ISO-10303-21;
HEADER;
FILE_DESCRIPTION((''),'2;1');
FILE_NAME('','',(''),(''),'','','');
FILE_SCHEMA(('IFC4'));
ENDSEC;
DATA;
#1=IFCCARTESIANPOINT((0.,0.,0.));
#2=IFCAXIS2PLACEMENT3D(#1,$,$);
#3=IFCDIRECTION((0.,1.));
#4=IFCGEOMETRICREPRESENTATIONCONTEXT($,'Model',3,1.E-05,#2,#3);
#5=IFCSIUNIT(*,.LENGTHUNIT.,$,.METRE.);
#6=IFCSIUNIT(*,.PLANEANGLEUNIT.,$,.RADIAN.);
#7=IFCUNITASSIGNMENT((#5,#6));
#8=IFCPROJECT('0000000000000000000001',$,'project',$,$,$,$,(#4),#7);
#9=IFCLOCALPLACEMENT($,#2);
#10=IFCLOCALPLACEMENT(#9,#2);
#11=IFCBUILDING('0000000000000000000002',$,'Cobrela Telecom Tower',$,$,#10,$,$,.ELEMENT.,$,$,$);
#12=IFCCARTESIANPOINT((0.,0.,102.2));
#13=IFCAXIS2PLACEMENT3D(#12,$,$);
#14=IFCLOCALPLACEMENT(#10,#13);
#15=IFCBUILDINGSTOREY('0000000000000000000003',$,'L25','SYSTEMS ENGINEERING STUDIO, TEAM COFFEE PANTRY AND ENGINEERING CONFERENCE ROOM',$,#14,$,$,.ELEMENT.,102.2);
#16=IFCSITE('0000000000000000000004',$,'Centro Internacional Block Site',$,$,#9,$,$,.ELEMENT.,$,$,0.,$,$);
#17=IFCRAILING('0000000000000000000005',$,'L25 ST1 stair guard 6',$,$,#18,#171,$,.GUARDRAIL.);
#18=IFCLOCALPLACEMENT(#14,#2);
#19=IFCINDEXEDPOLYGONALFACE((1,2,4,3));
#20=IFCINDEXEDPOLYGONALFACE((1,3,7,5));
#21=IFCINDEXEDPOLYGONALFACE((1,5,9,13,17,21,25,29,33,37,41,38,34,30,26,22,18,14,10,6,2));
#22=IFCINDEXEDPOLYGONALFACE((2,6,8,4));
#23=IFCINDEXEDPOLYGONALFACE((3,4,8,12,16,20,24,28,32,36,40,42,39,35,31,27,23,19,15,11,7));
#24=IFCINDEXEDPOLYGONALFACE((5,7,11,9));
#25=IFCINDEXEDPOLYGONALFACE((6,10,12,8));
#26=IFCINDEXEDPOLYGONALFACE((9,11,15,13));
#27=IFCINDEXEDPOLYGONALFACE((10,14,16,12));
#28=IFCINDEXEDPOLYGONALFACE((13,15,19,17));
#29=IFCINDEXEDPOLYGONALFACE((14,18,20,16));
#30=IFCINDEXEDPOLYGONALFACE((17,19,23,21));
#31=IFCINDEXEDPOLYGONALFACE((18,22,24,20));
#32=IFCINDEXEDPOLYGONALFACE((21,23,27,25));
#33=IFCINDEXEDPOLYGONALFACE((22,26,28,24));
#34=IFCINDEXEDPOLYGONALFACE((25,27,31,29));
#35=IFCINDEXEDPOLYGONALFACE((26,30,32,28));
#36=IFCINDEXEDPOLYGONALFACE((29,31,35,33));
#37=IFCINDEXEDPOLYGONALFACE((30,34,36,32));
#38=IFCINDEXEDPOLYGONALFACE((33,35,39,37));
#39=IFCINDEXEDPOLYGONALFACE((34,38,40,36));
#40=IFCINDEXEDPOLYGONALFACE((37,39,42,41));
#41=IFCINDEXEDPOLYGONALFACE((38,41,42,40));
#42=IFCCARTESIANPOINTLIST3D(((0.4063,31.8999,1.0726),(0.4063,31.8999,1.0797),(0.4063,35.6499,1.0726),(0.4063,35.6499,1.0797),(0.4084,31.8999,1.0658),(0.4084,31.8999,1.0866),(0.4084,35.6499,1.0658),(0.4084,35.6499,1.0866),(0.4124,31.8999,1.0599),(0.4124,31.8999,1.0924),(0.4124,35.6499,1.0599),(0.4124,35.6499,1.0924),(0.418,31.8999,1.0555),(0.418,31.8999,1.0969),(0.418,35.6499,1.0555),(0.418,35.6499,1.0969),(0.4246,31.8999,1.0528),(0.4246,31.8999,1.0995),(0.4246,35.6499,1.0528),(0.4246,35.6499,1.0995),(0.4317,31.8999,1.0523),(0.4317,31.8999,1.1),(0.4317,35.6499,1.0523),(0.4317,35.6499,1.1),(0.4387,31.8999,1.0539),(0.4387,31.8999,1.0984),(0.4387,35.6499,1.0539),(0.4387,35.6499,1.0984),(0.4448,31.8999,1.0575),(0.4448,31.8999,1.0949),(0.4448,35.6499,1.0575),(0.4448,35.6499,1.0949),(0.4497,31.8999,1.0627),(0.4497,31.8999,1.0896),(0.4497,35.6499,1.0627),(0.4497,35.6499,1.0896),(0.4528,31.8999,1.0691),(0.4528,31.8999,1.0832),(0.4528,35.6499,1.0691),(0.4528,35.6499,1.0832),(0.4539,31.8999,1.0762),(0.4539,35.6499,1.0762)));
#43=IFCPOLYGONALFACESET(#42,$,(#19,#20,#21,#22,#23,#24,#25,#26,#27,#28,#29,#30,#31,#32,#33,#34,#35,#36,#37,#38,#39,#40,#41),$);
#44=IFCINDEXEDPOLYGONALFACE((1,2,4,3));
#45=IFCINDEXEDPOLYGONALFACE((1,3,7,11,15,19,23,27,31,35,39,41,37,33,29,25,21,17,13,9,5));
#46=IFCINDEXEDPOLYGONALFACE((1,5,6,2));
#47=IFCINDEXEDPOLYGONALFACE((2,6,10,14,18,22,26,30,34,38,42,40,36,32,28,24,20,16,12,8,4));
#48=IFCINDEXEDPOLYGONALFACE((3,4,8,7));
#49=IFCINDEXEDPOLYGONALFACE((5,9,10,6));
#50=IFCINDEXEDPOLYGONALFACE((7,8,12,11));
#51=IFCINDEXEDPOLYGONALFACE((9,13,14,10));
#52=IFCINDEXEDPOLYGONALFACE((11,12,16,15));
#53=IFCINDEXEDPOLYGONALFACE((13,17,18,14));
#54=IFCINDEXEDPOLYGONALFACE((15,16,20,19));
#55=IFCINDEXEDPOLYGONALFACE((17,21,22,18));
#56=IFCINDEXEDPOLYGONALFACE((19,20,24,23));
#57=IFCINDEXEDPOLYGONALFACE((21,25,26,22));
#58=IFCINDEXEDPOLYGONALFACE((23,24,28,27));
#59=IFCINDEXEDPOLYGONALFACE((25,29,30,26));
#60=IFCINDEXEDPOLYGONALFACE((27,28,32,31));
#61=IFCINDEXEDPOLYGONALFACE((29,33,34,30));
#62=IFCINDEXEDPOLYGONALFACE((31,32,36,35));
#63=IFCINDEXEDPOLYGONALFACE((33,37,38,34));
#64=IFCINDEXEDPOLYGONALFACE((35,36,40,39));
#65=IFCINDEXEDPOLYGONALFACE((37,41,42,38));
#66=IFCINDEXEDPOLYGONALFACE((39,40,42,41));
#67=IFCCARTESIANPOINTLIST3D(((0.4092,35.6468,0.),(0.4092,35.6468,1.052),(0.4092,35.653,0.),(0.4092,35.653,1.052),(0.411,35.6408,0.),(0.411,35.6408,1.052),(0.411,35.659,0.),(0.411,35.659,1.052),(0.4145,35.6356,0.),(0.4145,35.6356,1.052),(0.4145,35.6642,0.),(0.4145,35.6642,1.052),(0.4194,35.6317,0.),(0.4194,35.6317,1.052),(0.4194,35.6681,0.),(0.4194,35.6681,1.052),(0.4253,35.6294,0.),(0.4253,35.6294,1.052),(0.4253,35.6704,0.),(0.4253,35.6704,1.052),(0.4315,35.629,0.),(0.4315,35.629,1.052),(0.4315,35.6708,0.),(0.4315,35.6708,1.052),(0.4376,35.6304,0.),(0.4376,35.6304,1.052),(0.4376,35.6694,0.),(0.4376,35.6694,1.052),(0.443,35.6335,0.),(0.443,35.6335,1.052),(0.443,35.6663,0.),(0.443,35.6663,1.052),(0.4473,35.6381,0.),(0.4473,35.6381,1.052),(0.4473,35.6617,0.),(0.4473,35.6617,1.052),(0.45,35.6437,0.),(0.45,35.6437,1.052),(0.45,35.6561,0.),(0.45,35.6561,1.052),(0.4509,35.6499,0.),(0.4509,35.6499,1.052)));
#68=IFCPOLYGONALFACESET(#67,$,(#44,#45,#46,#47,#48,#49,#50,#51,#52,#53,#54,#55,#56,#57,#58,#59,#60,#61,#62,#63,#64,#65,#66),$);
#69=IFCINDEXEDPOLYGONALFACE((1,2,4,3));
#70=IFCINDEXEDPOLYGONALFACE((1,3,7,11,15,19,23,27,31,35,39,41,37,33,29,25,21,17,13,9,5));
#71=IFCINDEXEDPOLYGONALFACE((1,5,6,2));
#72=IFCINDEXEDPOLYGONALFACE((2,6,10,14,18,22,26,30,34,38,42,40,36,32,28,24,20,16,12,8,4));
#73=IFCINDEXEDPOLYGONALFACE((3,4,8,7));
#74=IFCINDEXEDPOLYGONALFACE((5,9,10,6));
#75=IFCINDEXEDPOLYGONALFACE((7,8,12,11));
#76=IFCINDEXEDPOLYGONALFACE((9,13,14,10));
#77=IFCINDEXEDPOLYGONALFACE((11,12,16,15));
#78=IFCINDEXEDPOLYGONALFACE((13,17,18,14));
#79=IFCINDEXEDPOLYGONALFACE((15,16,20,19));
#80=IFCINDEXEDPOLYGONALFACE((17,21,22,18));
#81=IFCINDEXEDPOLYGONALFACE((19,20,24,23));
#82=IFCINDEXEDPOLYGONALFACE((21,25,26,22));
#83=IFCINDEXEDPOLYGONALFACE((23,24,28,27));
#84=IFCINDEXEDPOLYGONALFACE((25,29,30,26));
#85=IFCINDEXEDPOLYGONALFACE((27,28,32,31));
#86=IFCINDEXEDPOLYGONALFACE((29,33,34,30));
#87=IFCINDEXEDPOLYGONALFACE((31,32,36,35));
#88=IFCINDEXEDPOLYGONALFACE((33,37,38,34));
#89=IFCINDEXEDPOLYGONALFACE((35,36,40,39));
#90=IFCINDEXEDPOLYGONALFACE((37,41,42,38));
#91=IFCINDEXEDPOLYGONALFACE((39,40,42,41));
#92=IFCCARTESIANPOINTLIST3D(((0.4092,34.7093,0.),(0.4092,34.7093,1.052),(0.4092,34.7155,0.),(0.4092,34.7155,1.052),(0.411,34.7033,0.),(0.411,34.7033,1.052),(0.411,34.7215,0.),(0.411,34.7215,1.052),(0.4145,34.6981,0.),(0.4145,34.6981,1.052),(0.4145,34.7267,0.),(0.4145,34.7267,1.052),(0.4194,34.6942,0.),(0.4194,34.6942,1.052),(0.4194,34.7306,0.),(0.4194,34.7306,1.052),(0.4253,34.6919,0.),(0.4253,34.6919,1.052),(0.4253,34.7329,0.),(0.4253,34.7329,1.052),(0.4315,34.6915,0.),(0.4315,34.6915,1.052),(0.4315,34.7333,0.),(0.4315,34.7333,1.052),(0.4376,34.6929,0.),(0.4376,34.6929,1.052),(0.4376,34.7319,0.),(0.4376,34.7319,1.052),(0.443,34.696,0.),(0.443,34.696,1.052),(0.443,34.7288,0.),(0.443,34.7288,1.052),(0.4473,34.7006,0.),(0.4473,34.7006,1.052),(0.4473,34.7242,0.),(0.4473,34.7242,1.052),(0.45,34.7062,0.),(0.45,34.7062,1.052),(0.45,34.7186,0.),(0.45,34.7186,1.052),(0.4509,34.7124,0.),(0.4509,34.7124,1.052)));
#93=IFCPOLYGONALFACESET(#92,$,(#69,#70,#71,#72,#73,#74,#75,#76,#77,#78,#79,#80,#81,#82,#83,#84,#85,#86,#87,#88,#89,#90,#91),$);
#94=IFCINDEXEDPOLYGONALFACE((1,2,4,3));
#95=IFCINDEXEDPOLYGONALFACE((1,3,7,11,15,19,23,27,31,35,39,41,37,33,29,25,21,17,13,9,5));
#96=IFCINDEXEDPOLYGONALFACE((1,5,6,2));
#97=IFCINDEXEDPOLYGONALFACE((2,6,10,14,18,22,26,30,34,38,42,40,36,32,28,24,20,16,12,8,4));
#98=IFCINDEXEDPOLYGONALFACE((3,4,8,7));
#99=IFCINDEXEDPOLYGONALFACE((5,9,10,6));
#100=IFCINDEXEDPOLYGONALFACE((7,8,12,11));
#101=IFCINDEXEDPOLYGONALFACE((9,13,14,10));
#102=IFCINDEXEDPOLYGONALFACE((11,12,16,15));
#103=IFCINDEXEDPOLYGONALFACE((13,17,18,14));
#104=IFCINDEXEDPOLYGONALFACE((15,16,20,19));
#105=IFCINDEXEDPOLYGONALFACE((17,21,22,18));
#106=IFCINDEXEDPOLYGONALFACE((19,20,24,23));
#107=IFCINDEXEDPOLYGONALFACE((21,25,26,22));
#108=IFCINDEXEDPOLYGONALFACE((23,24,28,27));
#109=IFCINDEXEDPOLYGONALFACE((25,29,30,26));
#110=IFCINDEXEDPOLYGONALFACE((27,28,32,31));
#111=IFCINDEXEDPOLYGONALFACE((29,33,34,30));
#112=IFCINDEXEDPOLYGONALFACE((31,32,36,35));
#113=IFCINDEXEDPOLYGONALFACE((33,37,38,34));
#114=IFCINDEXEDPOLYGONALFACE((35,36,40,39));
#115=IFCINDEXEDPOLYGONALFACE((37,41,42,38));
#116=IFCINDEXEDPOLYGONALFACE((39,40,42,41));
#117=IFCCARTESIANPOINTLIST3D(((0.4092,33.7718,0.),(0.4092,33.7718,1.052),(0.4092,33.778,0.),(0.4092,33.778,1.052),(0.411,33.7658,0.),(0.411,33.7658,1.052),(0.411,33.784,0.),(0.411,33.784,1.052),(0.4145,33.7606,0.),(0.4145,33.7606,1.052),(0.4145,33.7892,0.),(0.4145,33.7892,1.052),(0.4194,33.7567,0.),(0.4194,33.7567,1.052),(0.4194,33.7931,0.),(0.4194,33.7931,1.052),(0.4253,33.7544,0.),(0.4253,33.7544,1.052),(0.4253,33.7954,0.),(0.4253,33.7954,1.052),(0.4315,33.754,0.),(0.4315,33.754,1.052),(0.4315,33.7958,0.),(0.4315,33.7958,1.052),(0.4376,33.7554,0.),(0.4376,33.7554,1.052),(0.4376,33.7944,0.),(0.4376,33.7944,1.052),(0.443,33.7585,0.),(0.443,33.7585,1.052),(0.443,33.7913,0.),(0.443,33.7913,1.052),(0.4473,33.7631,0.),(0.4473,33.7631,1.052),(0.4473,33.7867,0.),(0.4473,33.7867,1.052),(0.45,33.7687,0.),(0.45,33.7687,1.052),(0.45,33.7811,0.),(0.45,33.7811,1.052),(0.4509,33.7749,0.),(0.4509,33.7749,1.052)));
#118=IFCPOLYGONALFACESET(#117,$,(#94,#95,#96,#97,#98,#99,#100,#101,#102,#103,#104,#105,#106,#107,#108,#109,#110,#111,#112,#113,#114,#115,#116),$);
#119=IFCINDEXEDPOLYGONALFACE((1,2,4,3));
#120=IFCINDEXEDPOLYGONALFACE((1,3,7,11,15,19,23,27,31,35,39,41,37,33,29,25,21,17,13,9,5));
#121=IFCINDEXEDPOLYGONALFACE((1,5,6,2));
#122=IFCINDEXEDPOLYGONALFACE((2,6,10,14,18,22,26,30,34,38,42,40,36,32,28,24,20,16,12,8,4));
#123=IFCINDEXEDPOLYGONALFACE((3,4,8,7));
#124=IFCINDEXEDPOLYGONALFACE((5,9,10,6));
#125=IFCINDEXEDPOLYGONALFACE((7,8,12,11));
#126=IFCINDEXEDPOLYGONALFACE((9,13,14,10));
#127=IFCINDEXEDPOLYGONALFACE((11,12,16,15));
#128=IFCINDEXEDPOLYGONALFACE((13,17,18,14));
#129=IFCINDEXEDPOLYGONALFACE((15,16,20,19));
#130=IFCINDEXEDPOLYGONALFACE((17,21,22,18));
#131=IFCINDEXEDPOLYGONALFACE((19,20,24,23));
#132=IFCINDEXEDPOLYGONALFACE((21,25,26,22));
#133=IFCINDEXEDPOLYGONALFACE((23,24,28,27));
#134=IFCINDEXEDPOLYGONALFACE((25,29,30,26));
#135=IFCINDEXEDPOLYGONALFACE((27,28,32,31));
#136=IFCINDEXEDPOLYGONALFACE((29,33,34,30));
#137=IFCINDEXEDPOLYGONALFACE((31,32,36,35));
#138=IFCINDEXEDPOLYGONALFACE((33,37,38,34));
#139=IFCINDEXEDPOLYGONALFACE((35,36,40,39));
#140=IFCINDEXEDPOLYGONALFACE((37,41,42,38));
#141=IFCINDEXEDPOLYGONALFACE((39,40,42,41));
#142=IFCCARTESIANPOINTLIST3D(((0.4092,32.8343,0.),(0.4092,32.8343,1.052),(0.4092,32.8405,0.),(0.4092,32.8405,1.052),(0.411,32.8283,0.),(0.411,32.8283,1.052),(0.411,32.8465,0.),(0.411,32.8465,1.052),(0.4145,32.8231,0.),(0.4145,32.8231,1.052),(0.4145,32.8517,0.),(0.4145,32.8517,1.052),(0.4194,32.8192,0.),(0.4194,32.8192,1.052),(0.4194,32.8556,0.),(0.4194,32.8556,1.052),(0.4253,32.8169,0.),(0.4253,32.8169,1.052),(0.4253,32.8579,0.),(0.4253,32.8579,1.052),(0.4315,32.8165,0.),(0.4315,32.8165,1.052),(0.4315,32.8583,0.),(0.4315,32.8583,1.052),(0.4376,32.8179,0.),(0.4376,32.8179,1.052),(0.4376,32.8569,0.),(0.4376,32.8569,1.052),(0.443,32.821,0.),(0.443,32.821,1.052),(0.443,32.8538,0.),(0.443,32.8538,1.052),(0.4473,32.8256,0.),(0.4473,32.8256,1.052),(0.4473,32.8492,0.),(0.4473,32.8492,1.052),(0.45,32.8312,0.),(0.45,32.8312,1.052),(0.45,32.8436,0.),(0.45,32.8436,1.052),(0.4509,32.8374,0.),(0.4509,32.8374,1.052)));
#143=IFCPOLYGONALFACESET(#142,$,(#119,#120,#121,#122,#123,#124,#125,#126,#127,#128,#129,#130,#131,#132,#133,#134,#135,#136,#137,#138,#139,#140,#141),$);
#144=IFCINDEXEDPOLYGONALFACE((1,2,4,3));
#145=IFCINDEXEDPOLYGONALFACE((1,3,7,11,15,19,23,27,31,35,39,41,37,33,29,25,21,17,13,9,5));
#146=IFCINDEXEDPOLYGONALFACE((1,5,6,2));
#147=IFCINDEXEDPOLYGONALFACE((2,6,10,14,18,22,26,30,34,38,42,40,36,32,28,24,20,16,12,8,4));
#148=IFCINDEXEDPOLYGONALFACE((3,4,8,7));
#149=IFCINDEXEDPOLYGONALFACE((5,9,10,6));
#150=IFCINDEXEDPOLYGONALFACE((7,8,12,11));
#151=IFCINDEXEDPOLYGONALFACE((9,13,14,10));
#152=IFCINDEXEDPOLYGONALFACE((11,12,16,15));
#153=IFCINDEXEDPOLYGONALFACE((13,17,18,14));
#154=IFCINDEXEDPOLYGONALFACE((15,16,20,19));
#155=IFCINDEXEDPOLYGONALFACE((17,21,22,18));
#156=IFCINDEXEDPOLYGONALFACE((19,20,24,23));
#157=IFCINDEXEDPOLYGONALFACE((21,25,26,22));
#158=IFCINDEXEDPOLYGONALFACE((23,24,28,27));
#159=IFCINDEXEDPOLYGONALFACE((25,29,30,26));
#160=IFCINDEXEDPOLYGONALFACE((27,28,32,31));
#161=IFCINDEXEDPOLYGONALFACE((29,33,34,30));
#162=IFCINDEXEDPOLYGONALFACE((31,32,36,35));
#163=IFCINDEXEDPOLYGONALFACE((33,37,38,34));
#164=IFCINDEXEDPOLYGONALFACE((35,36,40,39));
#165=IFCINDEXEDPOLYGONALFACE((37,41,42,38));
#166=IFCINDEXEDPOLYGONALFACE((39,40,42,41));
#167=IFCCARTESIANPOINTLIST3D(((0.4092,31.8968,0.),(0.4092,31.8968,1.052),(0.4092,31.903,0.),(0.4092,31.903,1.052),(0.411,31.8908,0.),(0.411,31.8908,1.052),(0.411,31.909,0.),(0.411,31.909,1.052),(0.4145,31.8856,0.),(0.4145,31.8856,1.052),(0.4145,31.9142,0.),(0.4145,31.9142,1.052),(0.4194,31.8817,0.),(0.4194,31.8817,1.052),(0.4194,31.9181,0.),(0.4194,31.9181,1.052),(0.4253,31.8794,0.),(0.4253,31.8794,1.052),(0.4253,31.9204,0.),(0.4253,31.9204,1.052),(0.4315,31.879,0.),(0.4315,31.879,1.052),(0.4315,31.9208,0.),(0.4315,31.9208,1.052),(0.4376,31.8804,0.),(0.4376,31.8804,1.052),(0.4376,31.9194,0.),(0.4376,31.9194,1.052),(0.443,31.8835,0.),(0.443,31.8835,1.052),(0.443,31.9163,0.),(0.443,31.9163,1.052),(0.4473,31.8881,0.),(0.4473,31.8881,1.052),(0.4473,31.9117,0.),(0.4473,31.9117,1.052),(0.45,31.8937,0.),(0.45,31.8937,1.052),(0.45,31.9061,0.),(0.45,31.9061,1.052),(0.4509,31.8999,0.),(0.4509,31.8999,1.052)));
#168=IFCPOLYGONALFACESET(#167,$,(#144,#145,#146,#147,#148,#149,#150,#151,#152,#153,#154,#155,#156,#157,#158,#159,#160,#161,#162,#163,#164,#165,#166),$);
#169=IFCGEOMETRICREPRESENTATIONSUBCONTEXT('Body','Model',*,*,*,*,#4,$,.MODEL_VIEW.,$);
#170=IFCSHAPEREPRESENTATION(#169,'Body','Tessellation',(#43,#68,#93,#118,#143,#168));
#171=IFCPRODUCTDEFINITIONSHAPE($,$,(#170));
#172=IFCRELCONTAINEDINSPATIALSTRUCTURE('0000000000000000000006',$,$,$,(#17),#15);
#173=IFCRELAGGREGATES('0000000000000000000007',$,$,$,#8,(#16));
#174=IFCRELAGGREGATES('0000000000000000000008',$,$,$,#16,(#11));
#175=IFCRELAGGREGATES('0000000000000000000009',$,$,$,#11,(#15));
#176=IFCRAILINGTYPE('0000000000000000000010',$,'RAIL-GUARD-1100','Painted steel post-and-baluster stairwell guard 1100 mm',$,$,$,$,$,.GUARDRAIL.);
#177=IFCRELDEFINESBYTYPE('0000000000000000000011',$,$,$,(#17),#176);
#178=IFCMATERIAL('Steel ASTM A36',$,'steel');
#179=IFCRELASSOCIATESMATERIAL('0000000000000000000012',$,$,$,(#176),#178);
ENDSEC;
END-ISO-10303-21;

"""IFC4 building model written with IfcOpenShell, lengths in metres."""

from ifc_helpers import new_model, si_unit, direction, frame, origin, origin_2d, place, context, subcontext, project, spatial, circle, extrude, material, type_object, element, save


model = new_model("IFC4")

# Units and contexts
model_context = context("Model", 3, precision=1e-05, world=origin(), true_north=direction((0.0, 1.0)))
body_context = subcontext(model_context, "Body", "Model", "MODEL_VIEW")
ifc_project = project(units=[si_unit("LENGTHUNIT", "METRE"), si_unit("PLANEANGLEUNIT", "RADIAN")], contexts=[model_context])

# Site, building, storey
site_placement = place(None, origin())
site = spatial("IfcSite", under=ifc_project, at=site_placement, Name="Centro Internacional Block Site", CompositionType="ELEMENT", RefElevation=0.0)
building_placement = place(site_placement, origin())
building = spatial("IfcBuilding", under=site, at=building_placement, Name="Cobrela Telecom Tower", CompositionType="ELEMENT")
storey_placement = place(building_placement, frame((0.0, 0.0, 102.2)))
storey = spatial("IfcBuildingStorey", under=building, at=storey_placement, Name="L25", Description="SYSTEMS ENGINEERING STUDIO, TEAM COFFEE PANTRY AND ENGINEERING CONFERENCE ROOM", CompositionType="ELEMENT", Elevation=102.2)

# Shared definitions
ifc_material_1 = material(Name="Steel ASTM A36", Category="steel")

# Railing
railing_type_1 = type_object("IfcRailingType", Name="RAIL-GUARD-1100", Description="Painted steel post-and-baluster stairwell guard 1100 mm", PredefinedType="GUARDRAIL", material=ifc_material_1)
railing_1_placement = place(storey_placement, frame((0.4299, 35.6499, 0.0)))
element("IfcRailing", 1, at=railing_1_placement, inside=storey, type_object=railing_type_1, Name="L25 ST1 stair guard 6", PredefinedType="GUARDRAIL", context=body_context, shape_type="SweptSolid", body=[
    extrude(circle(Radius=0.0239, at=origin_2d()), frame((0.0, 0.0, 1.0762), z_axis=(0.0, -1.0, 0.0), x_axis=(1.0, 0.0, 0.0)), (0.0, 0.0, 1.0), 3.75),
    extrude(circle(Radius=0.021, at=origin_2d()), origin(), (0.0, 0.0, 1.0), 1.052),
    extrude(circle(Radius=0.021, at=origin_2d()), frame((0.0, -0.9375, 0.0)), (0.0, 0.0, 1.0), 1.052),
    extrude(circle(Radius=0.021, at=origin_2d()), frame((0.0, -1.875, 0.0)), (0.0, 0.0, 1.0), 1.052),
    extrude(circle(Radius=0.021, at=origin_2d()), frame((0.0, -2.8125, 0.0)), (0.0, 0.0, 1.0), 1.052),
    extrude(circle(Radius=0.021, at=origin_2d()), frame((0.0, -3.75, 0.0)), (0.0, 0.0, 1.0), 1.052),
])

save(model, "model.ifc")
